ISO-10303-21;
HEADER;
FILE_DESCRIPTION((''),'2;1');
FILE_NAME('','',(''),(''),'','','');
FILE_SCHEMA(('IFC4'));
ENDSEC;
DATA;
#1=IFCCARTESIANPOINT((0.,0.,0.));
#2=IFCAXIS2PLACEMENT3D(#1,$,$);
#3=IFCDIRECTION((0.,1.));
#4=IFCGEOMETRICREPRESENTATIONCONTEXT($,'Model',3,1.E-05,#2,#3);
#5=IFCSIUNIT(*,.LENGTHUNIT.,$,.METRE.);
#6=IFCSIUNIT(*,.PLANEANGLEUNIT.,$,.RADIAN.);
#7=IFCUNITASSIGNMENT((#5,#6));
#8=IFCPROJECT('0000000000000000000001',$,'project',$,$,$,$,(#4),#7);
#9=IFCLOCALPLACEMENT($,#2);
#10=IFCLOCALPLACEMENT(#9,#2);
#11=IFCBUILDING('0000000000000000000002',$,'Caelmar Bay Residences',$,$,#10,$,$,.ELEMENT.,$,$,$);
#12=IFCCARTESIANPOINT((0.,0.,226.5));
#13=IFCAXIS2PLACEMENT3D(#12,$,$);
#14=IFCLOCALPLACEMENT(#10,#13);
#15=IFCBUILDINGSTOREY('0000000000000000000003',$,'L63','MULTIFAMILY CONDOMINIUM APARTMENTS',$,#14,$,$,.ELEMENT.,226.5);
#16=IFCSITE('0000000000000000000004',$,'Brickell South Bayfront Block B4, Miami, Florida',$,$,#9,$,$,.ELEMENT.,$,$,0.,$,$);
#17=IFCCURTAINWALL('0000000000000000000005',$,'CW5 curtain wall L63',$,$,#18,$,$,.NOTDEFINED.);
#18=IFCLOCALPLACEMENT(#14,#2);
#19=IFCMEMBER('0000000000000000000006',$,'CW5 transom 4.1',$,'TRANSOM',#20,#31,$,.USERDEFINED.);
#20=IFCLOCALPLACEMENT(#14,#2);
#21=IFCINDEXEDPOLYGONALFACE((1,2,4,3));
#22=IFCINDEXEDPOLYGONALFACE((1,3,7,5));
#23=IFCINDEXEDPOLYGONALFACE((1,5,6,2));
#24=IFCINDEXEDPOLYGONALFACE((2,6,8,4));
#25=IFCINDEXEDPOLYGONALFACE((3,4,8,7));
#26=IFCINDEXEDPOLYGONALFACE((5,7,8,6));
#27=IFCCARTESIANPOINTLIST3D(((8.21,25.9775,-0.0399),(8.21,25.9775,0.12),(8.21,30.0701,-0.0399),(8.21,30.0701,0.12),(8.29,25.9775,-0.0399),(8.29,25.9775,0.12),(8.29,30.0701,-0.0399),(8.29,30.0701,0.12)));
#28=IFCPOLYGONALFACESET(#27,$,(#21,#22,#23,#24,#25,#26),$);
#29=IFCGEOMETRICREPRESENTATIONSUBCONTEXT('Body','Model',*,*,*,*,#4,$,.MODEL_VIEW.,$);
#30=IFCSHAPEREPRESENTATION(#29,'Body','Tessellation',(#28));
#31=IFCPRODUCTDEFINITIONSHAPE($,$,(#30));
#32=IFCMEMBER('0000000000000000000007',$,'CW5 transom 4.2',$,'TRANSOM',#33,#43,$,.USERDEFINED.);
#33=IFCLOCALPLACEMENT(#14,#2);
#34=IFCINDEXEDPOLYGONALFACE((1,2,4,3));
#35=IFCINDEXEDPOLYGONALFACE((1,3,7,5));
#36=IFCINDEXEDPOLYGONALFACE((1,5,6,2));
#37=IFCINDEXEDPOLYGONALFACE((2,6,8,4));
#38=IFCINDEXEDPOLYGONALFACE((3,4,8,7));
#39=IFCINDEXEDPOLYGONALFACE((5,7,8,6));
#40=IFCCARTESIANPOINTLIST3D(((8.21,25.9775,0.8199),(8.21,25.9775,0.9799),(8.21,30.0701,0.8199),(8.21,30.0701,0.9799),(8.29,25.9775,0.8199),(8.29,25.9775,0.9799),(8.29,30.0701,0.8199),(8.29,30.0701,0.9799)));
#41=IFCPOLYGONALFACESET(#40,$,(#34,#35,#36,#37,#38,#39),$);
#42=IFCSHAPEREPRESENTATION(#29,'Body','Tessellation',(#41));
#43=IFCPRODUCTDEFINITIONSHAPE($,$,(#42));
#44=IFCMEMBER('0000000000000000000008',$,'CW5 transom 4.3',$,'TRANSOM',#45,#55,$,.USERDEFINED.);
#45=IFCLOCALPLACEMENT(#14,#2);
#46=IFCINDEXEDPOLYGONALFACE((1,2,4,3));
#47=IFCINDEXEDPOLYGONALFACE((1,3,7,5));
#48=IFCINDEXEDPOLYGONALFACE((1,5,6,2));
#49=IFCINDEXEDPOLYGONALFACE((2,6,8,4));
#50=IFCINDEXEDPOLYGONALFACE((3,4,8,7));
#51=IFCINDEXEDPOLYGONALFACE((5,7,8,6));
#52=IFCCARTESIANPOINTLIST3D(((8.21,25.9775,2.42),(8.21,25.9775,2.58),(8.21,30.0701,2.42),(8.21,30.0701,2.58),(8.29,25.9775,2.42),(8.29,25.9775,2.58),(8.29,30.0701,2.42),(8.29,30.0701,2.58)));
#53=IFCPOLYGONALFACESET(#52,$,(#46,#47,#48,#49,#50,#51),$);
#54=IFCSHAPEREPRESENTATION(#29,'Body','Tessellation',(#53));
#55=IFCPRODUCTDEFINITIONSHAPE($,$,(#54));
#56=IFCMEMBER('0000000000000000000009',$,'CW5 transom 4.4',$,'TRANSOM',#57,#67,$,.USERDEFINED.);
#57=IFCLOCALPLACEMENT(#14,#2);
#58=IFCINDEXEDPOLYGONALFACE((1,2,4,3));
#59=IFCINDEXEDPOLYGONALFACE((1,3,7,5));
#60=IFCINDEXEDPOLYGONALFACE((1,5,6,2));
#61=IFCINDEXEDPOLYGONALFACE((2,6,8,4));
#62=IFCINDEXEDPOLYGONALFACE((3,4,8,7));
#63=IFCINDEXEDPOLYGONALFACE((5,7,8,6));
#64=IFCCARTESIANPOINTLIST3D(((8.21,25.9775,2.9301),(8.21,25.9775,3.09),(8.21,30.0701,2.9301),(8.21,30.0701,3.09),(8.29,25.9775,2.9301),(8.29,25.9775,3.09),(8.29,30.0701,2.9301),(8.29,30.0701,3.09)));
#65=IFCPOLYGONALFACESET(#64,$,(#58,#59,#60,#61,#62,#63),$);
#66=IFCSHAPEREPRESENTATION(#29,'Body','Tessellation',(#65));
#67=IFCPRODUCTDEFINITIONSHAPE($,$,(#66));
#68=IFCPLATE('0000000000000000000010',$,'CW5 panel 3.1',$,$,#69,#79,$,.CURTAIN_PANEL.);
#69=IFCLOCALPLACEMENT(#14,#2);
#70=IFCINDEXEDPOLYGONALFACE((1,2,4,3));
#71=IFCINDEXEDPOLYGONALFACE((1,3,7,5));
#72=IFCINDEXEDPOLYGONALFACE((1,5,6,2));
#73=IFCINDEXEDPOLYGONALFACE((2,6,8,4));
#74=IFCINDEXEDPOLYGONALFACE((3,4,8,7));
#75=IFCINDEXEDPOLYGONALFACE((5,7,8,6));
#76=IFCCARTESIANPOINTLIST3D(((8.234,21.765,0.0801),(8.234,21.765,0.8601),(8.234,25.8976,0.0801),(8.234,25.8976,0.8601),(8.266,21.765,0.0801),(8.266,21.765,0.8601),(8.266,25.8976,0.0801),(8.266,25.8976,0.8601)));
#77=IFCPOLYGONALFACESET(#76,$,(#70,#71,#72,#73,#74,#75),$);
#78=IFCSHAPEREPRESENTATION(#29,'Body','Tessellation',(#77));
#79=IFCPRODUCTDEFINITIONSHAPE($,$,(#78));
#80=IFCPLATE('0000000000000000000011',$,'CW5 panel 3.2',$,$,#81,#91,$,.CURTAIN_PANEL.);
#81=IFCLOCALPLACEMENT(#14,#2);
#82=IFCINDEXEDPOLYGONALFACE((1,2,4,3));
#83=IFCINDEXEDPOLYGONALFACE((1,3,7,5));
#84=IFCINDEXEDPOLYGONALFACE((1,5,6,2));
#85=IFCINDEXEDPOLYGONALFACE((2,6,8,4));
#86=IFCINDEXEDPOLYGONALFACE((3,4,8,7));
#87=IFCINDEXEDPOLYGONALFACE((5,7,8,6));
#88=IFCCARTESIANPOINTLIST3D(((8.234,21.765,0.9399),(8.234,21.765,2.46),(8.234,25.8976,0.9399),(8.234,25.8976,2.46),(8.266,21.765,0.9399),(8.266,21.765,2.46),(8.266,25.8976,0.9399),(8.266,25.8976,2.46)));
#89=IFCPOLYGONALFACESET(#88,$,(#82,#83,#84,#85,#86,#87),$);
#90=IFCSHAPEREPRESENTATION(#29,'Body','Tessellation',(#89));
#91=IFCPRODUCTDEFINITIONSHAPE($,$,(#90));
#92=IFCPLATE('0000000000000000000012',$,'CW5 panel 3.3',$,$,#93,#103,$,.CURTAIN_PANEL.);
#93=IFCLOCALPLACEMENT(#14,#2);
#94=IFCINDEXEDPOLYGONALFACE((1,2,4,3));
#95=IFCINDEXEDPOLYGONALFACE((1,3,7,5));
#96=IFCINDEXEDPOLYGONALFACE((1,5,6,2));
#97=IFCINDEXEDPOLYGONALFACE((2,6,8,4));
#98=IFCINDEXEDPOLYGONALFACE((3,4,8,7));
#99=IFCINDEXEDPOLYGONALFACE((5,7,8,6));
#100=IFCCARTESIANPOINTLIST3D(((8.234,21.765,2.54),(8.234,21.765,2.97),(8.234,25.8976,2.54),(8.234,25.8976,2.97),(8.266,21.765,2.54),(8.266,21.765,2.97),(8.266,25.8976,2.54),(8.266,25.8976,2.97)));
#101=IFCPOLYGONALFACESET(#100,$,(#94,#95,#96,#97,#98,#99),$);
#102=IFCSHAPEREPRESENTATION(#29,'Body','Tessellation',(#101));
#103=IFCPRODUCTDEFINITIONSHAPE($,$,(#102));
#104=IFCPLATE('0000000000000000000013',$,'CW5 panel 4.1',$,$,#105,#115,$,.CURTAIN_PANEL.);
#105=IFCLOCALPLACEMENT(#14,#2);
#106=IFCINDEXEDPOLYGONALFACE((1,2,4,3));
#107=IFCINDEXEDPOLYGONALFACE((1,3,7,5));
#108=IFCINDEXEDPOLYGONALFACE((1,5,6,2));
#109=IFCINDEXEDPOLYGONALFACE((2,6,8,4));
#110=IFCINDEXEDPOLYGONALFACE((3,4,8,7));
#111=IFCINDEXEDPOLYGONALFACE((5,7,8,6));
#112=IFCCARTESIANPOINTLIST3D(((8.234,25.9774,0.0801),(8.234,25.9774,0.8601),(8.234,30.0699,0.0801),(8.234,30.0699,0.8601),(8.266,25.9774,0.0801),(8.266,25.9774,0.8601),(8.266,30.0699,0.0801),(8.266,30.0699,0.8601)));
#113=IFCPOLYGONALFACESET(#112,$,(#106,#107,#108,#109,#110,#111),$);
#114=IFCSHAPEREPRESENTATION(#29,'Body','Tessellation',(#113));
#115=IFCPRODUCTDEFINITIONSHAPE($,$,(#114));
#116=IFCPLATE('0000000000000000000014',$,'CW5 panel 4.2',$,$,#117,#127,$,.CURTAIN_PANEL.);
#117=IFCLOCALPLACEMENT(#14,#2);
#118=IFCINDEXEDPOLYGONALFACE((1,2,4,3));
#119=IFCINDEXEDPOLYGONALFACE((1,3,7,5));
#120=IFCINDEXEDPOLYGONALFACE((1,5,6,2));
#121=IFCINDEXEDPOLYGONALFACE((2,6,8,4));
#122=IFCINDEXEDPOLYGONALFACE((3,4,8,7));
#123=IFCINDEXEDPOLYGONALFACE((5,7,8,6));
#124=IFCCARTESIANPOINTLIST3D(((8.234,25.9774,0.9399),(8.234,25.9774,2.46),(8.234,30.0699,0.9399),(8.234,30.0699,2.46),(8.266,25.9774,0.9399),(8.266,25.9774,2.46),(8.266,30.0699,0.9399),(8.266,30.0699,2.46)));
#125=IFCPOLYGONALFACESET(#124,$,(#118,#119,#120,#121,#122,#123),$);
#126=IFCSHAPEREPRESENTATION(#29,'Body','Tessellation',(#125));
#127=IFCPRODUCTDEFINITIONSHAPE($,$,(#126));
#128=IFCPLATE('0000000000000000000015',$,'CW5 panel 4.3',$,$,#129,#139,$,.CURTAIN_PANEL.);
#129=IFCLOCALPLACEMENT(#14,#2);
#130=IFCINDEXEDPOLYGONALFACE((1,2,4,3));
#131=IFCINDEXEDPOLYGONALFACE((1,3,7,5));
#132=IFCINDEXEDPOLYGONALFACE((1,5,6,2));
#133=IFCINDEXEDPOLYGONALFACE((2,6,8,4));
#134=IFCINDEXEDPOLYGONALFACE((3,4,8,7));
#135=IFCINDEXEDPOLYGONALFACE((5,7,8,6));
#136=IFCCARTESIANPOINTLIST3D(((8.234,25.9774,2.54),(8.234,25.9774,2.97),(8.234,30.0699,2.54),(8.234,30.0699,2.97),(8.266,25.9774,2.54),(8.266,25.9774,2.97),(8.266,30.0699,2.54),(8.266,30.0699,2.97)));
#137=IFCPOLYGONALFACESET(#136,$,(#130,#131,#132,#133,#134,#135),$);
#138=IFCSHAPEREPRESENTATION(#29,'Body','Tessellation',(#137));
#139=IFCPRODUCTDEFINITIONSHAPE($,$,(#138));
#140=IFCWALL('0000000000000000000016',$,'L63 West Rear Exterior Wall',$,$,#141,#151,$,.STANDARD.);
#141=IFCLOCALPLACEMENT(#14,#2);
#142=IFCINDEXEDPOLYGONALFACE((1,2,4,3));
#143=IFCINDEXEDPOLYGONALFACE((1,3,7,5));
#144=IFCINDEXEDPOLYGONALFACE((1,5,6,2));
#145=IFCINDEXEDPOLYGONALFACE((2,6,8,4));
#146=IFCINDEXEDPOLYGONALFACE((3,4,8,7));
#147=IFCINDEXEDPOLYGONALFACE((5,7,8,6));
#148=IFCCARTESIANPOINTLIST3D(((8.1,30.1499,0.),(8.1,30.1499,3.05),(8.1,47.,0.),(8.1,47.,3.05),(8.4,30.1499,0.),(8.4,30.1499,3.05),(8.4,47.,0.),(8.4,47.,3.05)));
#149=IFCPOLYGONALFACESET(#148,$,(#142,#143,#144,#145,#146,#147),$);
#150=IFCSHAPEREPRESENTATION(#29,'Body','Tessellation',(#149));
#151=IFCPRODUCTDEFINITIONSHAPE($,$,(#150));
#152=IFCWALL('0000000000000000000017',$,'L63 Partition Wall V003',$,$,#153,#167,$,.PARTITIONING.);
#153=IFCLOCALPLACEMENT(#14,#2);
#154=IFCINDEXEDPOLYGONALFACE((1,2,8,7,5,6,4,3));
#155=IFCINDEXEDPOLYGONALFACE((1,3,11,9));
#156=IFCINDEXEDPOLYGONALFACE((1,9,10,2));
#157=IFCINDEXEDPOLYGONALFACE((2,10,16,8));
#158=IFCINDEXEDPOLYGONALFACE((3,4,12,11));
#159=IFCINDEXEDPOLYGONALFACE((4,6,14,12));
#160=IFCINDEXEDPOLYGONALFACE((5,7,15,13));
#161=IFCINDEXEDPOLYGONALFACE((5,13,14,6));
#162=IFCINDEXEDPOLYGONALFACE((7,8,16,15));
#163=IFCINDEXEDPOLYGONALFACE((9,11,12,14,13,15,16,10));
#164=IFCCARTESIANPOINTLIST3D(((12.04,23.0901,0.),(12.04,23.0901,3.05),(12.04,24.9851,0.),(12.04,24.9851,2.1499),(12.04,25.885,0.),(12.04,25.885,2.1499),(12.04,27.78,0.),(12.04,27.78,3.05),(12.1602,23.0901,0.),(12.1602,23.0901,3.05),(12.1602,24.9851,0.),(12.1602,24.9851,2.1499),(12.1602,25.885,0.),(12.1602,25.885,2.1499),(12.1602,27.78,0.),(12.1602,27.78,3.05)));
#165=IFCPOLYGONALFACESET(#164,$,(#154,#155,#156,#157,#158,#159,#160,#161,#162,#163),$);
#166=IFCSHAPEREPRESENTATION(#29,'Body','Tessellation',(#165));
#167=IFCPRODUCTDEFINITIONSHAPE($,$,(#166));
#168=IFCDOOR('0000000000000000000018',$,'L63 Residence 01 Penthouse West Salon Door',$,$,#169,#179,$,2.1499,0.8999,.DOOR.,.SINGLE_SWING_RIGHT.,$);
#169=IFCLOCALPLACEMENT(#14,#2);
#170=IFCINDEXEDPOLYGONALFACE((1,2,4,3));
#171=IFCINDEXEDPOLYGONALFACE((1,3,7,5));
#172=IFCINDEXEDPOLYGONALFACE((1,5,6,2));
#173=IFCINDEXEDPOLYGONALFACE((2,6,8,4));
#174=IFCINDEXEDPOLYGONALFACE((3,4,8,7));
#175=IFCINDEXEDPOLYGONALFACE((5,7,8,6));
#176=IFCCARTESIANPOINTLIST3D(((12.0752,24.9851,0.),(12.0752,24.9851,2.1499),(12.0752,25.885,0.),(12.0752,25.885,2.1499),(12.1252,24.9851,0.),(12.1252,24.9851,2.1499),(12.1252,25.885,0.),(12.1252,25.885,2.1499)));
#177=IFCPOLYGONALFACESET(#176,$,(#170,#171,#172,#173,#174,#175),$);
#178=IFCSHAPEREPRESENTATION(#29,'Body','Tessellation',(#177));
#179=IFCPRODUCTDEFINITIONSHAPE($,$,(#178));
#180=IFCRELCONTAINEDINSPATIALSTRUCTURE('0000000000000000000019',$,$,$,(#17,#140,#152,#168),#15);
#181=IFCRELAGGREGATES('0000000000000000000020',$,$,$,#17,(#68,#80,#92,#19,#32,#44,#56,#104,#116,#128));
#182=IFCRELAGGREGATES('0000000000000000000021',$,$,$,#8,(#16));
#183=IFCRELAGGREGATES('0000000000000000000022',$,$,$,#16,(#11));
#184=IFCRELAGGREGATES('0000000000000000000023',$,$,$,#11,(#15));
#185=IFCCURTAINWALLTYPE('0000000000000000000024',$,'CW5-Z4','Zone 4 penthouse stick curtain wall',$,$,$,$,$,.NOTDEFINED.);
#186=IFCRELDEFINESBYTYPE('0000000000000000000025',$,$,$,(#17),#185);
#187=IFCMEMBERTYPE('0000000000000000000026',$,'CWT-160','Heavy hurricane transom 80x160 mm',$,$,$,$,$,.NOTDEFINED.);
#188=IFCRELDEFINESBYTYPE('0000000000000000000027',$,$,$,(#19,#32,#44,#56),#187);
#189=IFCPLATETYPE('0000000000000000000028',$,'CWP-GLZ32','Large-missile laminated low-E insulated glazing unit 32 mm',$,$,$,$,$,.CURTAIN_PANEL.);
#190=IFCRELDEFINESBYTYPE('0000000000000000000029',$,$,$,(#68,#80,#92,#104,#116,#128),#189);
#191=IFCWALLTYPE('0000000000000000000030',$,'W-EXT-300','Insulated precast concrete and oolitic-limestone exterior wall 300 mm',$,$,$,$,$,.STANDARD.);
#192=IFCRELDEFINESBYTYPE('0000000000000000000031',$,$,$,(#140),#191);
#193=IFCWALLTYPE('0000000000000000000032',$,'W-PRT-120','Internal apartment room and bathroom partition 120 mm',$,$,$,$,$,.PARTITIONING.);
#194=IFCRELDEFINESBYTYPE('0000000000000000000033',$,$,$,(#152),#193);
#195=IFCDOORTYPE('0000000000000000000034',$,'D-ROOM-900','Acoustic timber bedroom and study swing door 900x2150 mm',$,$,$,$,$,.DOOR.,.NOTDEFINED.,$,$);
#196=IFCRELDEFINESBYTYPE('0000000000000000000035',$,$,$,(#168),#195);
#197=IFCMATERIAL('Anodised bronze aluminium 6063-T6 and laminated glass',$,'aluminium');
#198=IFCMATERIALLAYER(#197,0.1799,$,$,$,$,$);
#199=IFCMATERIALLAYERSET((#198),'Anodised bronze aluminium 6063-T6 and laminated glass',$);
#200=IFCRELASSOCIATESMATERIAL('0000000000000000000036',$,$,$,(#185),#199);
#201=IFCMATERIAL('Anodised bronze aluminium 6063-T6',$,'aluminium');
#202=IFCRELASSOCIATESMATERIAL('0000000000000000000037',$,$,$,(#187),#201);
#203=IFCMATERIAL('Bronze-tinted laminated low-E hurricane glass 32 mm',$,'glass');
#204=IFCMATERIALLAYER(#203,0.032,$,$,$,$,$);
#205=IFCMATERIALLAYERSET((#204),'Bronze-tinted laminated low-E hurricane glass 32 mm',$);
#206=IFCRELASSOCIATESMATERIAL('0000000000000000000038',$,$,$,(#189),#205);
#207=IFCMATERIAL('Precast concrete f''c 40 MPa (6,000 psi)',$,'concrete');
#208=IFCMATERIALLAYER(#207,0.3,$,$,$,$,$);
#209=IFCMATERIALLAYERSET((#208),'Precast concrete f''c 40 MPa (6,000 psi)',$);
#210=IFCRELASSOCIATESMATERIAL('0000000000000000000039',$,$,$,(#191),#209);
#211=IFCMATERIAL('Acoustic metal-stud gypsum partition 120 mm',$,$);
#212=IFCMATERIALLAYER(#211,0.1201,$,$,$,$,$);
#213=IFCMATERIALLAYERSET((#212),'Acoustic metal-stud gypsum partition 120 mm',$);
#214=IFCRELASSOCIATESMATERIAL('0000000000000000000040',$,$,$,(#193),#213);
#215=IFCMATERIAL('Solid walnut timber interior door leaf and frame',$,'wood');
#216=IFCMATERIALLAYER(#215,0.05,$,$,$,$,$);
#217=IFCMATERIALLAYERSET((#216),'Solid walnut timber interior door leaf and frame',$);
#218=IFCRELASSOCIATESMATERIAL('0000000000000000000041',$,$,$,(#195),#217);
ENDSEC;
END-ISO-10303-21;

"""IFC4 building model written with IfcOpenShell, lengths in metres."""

from ifc_helpers import new_model, si_unit, direction, frame, frame_2d, origin, origin_2d, place, context, subcontext, project, spatial, rectangle, extrude, material, layer, layer_set, material_profile, profile_set, type_object, element, fill, aggregate, save


model = new_model("IFC4")

# Units and contexts
model_context = context("Model", 3, precision=1e-05, world=origin(), true_north=direction((0.0, 1.0)))
body_context = subcontext(model_context, "Body", "Model", "MODEL_VIEW")
ifc_project = project(units=[si_unit("LENGTHUNIT", "METRE"), si_unit("PLANEANGLEUNIT", "RADIAN")], contexts=[model_context])

# Site, building, storey
site_placement = place(None, origin())
site = spatial("IfcSite", under=ifc_project, at=site_placement, Name="Brickell South Bayfront Block B4, Miami, Florida", CompositionType="ELEMENT", RefElevation=0.0)
building_placement = place(site_placement, origin())
building = spatial("IfcBuilding", under=site, at=building_placement, Name="Caelmar Bay Residences", CompositionType="ELEMENT")
storey_placement = place(building_placement, frame((0.0, 0.0, 226.5)))
storey = spatial("IfcBuildingStorey", under=building, at=storey_placement, Name="L63", Description="MULTIFAMILY CONDOMINIUM APARTMENTS", CompositionType="ELEMENT", Elevation=226.5)

# Curtain wall, members, plates
ifc_material_1 = material(Name="Anodised bronze aluminium 6063-T6 and laminated glass", Category="aluminium")
ifc_layer_1 = layer(ifc_material_1, 0.1799)
ifc_layer_set_1 = layer_set([ifc_layer_1], Name="Anodised bronze aluminium 6063-T6 and laminated glass")
curtain_wall_type = type_object("IfcCurtainWallType", Name="CW5-Z4", Description="Zone 4 penthouse stick curtain wall", PredefinedType="NOTDEFINED", material=ifc_layer_set_1)
curtain_wall_placement = place(storey_placement, origin())
curtain_wall = element("IfcCurtainWall", 1, at=curtain_wall_placement, inside=storey, type_object=curtain_wall_type, Name="CW5 curtain wall L63", PredefinedType="NOTDEFINED")
ifc_material_2 = material(Name="Anodised bronze aluminium 6063-T6", Category="aluminium")
ifc_material_profile_1 = material_profile(ifc_material_2, rectangle(XDim=0.0801, YDim=0.1599, at=origin_2d()), Name="CWT-80X160")
ifc_profile_set_1 = profile_set([ifc_material_profile_1], Name="Anodised bronze aluminium 6063-T6")
member_type_1 = type_object("IfcMemberType", Name="CWT-160", Description="Heavy hurricane transom 80x160 mm", PredefinedType="NOTDEFINED", material=ifc_profile_set_1)
member_1_placement = place(storey_placement, frame((8.25, 25.9775, 0.04), z_axis=(0.0, 1.0, 0.0), x_axis=(-1.0, 0.0, 0.0)))
member_1 = element("IfcMember", 2, at=member_1_placement, type_object=member_type_1, Name="CW5 transom 4.1", ObjectType="TRANSOM", PredefinedType="USERDEFINED", context=body_context, shape_type="SweptSolid", body=[
    extrude(rectangle(XDim=0.0801, YDim=0.1599, at=origin_2d()), origin(), (0.0, 0.0, 1.0), 4.0925),
])
member_2_placement = place(storey_placement, frame((8.25, 25.9775, 0.8999), z_axis=(0.0, 1.0, 0.0), x_axis=(-1.0, 0.0, 0.0)))
member_2 = element("IfcMember", 3, at=member_2_placement, type_object=member_type_1, Name="CW5 transom 4.2", ObjectType="TRANSOM", PredefinedType="USERDEFINED", context=body_context, shape_type="SweptSolid", body=[
    extrude(rectangle(XDim=0.0801, YDim=0.1599, at=origin_2d()), origin(), (0.0, 0.0, 1.0), 4.0925),
])
member_3_placement = place(storey_placement, frame((8.25, 25.9775, 2.5), z_axis=(0.0, 1.0, 0.0), x_axis=(-1.0, 0.0, 0.0)))
member_3 = element("IfcMember", 4, at=member_3_placement, type_object=member_type_1, Name="CW5 transom 4.3", ObjectType="TRANSOM", PredefinedType="USERDEFINED", context=body_context, shape_type="SweptSolid", body=[
    extrude(rectangle(XDim=0.0801, YDim=0.1599, at=origin_2d()), origin(), (0.0, 0.0, 1.0), 4.0925),
])
member_4_placement = place(storey_placement, frame((8.25, 25.9775, 3.01), z_axis=(0.0, 1.0, 0.0), x_axis=(-1.0, 0.0, 0.0)))
member_4 = element("IfcMember", 5, at=member_4_placement, type_object=member_type_1, Name="CW5 transom 4.4", ObjectType="TRANSOM", PredefinedType="USERDEFINED", context=body_context, shape_type="SweptSolid", body=[
    extrude(rectangle(XDim=0.0801, YDim=0.1599, at=origin_2d()), origin(), (0.0, 0.0, 1.0), 4.0925),
])
ifc_material_3 = material(Name="Bronze-tinted laminated low-E hurricane glass 32 mm", Category="glass")
ifc_layer_2 = layer(ifc_material_3, 0.032)
ifc_layer_set_2 = layer_set([ifc_layer_2], Name="Bronze-tinted laminated low-E hurricane glass 32 mm")
plate_type = type_object("IfcPlateType", Name="CWP-GLZ32", Description="Large-missile laminated low-E insulated glazing unit 32 mm", PredefinedType="CURTAIN_PANEL", material=ifc_layer_set_2)
plate_1_placement = place(storey_placement, frame((8.25, 23.8313, 0.0801), z_axis=(0.0, 0.0, 1.0), x_axis=(0.0, 1.0, 0.0)))
plate_1 = element("IfcPlate", 6, at=plate_1_placement, type_object=plate_type, Name="CW5 panel 3.1", PredefinedType="CURTAIN_PANEL", context=body_context, shape_type="SweptSolid", body=[
    extrude(rectangle(XDim=4.1326, YDim=0.032, at=origin_2d()), origin(), (0.0, 0.0, 1.0), 0.78),
])
plate_2_placement = place(storey_placement, frame((8.25, 23.8313, 0.9399), z_axis=(0.0, 0.0, 1.0), x_axis=(0.0, 1.0, 0.0)))
plate_2 = element("IfcPlate", 7, at=plate_2_placement, type_object=plate_type, Name="CW5 panel 3.2", PredefinedType="CURTAIN_PANEL", context=body_context, shape_type="SweptSolid", body=[
    extrude(rectangle(XDim=4.1326, YDim=0.032, at=origin_2d()), origin(), (0.0, 0.0, 1.0), 1.52),
])
plate_3_placement = place(storey_placement, frame((8.25, 23.8313, 2.54), z_axis=(0.0, 0.0, 1.0), x_axis=(0.0, 1.0, 0.0)))
plate_3 = element("IfcPlate", 8, at=plate_3_placement, type_object=plate_type, Name="CW5 panel 3.3", PredefinedType="CURTAIN_PANEL", context=body_context, shape_type="SweptSolid", body=[
    extrude(rectangle(XDim=4.1326, YDim=0.032, at=origin_2d()), origin(), (0.0, 0.0, 1.0), 0.4299),
])
plate_4_placement = place(storey_placement, frame((8.25, 28.0237, 0.0801), z_axis=(0.0, 0.0, 1.0), x_axis=(0.0, 1.0, 0.0)))
plate_4 = element("IfcPlate", 9, at=plate_4_placement, type_object=plate_type, Name="CW5 panel 4.1", PredefinedType="CURTAIN_PANEL", context=body_context, shape_type="SweptSolid", body=[
    extrude(rectangle(XDim=4.0925, YDim=0.032, at=origin_2d()), origin(), (0.0, 0.0, 1.0), 0.78),
])
plate_5_placement = place(storey_placement, frame((8.25, 28.0237, 0.9399), z_axis=(0.0, 0.0, 1.0), x_axis=(0.0, 1.0, 0.0)))
plate_5 = element("IfcPlate", 10, at=plate_5_placement, type_object=plate_type, Name="CW5 panel 4.2", PredefinedType="CURTAIN_PANEL", context=body_context, shape_type="SweptSolid", body=[
    extrude(rectangle(XDim=4.0925, YDim=0.032, at=origin_2d()), origin(), (0.0, 0.0, 1.0), 1.52),
])
plate_6_placement = place(storey_placement, frame((8.25, 28.0237, 2.54), z_axis=(0.0, 0.0, 1.0), x_axis=(0.0, 1.0, 0.0)))
plate_6 = element("IfcPlate", 11, at=plate_6_placement, type_object=plate_type, Name="CW5 panel 4.3", PredefinedType="CURTAIN_PANEL", context=body_context, shape_type="SweptSolid", body=[
    extrude(rectangle(XDim=4.0925, YDim=0.032, at=origin_2d()), origin(), (0.0, 0.0, 1.0), 0.4299),
])
aggregate(curtain_wall, [plate_1, plate_2, plate_3, member_1, member_2, member_3, member_4, plate_4, plate_5, plate_6])

# Wall
ifc_material_4 = material(Name="Precast concrete f'c 40 MPa (6,000 psi)", Category="concrete")
ifc_layer_3 = layer(ifc_material_4, 0.3)
ifc_layer_set_3 = layer_set([ifc_layer_3], Name="Precast concrete f'c 40 MPa (6,000 psi)")
wall_type_1 = type_object("IfcWallType", Name="W-EXT-300", Description="Insulated precast concrete and oolitic-limestone exterior wall 300 mm", PredefinedType="STANDARD", material=ifc_layer_set_3)
wall_1_placement = place(storey_placement, frame((8.25, 30.1499, 0.0), z_axis=(0.0, 0.0, 1.0), x_axis=(0.0, 1.0, 0.0)))
element("IfcWall", 12, at=wall_1_placement, inside=storey, type_object=wall_type_1, Name="L63 West Rear Exterior Wall", PredefinedType="STANDARD", context=body_context, shape_type="SweptSolid", body=[
    extrude(rectangle(XDim=16.8501, YDim=0.3, at=frame_2d((8.425, 0.0))), origin(), (0.0, 0.0, 1.0), 3.05),
])

# Wall, opening, door
ifc_material_5 = material(Name="Acoustic metal-stud gypsum partition 120 mm")
ifc_layer_4 = layer(ifc_material_5, 0.1201)
ifc_layer_set_4 = layer_set([ifc_layer_4], Name="Acoustic metal-stud gypsum partition 120 mm")
wall_type_2 = type_object("IfcWallType", Name="W-PRT-120", Description="Internal apartment room and bathroom partition 120 mm", PredefinedType="PARTITIONING", material=ifc_layer_set_4)
wall_2_placement = place(storey_placement, frame((12.1001, 23.0901, 0.0), z_axis=(0.0, 0.0, 1.0), x_axis=(0.0, 1.0, 0.0)))
wall_2 = element("IfcWall", 13, at=wall_2_placement, inside=storey, type_object=wall_type_2, Name="L63 Partition Wall V003", PredefinedType="PARTITIONING", context=body_context, shape_type="SweptSolid", body=[
    extrude(rectangle(XDim=4.6899, YDim=0.1201, at=frame_2d((2.345, 0.0))), origin(), (0.0, 0.0, 1.0), 3.05),
])
opening_1_placement = place(wall_2_placement, frame((1.895, 0.0, 0.0)))
opening_1 = element("IfcOpeningElement", 14, at=opening_1_placement, cuts=wall_2, PredefinedType="OPENING", context=body_context, shape_type="SweptSolid", body=[
    extrude(rectangle(XDim=0.8999, YDim=2.1499, at=frame_2d((0.45, 1.075))), frame((0.0, 0.0701, 0.0), z_axis=(0.0, -1.0, 0.0), x_axis=(1.0, 0.0, 0.0)), (0.0, 0.0, 1.0), 0.1401),
])
ifc_material_6 = material(Name="Solid walnut timber interior door leaf and frame", Category="wood")
ifc_layer_5 = layer(ifc_material_6, 0.05)
ifc_layer_set_5 = layer_set([ifc_layer_5], Name="Solid walnut timber interior door leaf and frame")
door_type = type_object("IfcDoorType", Name="D-ROOM-900", Description="Acoustic timber bedroom and study swing door 900x2150 mm", OperationType="NOTDEFINED", PredefinedType="DOOR", material=ifc_layer_set_5)
door_1_placement = place(opening_1_placement, origin())
door_1 = element("IfcDoor", 15, at=door_1_placement, inside=storey, type_object=door_type, Name="L63 Residence 01 Penthouse West Salon Door", OperationType="SINGLE_SWING_RIGHT", OverallHeight=2.1499, OverallWidth=0.8999, PredefinedType="DOOR", context=body_context, shape_type="SweptSolid", body=[
    extrude(rectangle(XDim=0.8999, YDim=2.1499, at=frame_2d((0.45, 1.075))), frame((0.0, 0.0249, 0.0), z_axis=(0.0, -1.0, 0.0), x_axis=(1.0, 0.0, 0.0)), (0.0, 0.0, 1.0), 0.05),
])
fill(opening_1, door_1)

save(model, "model.ifc")
